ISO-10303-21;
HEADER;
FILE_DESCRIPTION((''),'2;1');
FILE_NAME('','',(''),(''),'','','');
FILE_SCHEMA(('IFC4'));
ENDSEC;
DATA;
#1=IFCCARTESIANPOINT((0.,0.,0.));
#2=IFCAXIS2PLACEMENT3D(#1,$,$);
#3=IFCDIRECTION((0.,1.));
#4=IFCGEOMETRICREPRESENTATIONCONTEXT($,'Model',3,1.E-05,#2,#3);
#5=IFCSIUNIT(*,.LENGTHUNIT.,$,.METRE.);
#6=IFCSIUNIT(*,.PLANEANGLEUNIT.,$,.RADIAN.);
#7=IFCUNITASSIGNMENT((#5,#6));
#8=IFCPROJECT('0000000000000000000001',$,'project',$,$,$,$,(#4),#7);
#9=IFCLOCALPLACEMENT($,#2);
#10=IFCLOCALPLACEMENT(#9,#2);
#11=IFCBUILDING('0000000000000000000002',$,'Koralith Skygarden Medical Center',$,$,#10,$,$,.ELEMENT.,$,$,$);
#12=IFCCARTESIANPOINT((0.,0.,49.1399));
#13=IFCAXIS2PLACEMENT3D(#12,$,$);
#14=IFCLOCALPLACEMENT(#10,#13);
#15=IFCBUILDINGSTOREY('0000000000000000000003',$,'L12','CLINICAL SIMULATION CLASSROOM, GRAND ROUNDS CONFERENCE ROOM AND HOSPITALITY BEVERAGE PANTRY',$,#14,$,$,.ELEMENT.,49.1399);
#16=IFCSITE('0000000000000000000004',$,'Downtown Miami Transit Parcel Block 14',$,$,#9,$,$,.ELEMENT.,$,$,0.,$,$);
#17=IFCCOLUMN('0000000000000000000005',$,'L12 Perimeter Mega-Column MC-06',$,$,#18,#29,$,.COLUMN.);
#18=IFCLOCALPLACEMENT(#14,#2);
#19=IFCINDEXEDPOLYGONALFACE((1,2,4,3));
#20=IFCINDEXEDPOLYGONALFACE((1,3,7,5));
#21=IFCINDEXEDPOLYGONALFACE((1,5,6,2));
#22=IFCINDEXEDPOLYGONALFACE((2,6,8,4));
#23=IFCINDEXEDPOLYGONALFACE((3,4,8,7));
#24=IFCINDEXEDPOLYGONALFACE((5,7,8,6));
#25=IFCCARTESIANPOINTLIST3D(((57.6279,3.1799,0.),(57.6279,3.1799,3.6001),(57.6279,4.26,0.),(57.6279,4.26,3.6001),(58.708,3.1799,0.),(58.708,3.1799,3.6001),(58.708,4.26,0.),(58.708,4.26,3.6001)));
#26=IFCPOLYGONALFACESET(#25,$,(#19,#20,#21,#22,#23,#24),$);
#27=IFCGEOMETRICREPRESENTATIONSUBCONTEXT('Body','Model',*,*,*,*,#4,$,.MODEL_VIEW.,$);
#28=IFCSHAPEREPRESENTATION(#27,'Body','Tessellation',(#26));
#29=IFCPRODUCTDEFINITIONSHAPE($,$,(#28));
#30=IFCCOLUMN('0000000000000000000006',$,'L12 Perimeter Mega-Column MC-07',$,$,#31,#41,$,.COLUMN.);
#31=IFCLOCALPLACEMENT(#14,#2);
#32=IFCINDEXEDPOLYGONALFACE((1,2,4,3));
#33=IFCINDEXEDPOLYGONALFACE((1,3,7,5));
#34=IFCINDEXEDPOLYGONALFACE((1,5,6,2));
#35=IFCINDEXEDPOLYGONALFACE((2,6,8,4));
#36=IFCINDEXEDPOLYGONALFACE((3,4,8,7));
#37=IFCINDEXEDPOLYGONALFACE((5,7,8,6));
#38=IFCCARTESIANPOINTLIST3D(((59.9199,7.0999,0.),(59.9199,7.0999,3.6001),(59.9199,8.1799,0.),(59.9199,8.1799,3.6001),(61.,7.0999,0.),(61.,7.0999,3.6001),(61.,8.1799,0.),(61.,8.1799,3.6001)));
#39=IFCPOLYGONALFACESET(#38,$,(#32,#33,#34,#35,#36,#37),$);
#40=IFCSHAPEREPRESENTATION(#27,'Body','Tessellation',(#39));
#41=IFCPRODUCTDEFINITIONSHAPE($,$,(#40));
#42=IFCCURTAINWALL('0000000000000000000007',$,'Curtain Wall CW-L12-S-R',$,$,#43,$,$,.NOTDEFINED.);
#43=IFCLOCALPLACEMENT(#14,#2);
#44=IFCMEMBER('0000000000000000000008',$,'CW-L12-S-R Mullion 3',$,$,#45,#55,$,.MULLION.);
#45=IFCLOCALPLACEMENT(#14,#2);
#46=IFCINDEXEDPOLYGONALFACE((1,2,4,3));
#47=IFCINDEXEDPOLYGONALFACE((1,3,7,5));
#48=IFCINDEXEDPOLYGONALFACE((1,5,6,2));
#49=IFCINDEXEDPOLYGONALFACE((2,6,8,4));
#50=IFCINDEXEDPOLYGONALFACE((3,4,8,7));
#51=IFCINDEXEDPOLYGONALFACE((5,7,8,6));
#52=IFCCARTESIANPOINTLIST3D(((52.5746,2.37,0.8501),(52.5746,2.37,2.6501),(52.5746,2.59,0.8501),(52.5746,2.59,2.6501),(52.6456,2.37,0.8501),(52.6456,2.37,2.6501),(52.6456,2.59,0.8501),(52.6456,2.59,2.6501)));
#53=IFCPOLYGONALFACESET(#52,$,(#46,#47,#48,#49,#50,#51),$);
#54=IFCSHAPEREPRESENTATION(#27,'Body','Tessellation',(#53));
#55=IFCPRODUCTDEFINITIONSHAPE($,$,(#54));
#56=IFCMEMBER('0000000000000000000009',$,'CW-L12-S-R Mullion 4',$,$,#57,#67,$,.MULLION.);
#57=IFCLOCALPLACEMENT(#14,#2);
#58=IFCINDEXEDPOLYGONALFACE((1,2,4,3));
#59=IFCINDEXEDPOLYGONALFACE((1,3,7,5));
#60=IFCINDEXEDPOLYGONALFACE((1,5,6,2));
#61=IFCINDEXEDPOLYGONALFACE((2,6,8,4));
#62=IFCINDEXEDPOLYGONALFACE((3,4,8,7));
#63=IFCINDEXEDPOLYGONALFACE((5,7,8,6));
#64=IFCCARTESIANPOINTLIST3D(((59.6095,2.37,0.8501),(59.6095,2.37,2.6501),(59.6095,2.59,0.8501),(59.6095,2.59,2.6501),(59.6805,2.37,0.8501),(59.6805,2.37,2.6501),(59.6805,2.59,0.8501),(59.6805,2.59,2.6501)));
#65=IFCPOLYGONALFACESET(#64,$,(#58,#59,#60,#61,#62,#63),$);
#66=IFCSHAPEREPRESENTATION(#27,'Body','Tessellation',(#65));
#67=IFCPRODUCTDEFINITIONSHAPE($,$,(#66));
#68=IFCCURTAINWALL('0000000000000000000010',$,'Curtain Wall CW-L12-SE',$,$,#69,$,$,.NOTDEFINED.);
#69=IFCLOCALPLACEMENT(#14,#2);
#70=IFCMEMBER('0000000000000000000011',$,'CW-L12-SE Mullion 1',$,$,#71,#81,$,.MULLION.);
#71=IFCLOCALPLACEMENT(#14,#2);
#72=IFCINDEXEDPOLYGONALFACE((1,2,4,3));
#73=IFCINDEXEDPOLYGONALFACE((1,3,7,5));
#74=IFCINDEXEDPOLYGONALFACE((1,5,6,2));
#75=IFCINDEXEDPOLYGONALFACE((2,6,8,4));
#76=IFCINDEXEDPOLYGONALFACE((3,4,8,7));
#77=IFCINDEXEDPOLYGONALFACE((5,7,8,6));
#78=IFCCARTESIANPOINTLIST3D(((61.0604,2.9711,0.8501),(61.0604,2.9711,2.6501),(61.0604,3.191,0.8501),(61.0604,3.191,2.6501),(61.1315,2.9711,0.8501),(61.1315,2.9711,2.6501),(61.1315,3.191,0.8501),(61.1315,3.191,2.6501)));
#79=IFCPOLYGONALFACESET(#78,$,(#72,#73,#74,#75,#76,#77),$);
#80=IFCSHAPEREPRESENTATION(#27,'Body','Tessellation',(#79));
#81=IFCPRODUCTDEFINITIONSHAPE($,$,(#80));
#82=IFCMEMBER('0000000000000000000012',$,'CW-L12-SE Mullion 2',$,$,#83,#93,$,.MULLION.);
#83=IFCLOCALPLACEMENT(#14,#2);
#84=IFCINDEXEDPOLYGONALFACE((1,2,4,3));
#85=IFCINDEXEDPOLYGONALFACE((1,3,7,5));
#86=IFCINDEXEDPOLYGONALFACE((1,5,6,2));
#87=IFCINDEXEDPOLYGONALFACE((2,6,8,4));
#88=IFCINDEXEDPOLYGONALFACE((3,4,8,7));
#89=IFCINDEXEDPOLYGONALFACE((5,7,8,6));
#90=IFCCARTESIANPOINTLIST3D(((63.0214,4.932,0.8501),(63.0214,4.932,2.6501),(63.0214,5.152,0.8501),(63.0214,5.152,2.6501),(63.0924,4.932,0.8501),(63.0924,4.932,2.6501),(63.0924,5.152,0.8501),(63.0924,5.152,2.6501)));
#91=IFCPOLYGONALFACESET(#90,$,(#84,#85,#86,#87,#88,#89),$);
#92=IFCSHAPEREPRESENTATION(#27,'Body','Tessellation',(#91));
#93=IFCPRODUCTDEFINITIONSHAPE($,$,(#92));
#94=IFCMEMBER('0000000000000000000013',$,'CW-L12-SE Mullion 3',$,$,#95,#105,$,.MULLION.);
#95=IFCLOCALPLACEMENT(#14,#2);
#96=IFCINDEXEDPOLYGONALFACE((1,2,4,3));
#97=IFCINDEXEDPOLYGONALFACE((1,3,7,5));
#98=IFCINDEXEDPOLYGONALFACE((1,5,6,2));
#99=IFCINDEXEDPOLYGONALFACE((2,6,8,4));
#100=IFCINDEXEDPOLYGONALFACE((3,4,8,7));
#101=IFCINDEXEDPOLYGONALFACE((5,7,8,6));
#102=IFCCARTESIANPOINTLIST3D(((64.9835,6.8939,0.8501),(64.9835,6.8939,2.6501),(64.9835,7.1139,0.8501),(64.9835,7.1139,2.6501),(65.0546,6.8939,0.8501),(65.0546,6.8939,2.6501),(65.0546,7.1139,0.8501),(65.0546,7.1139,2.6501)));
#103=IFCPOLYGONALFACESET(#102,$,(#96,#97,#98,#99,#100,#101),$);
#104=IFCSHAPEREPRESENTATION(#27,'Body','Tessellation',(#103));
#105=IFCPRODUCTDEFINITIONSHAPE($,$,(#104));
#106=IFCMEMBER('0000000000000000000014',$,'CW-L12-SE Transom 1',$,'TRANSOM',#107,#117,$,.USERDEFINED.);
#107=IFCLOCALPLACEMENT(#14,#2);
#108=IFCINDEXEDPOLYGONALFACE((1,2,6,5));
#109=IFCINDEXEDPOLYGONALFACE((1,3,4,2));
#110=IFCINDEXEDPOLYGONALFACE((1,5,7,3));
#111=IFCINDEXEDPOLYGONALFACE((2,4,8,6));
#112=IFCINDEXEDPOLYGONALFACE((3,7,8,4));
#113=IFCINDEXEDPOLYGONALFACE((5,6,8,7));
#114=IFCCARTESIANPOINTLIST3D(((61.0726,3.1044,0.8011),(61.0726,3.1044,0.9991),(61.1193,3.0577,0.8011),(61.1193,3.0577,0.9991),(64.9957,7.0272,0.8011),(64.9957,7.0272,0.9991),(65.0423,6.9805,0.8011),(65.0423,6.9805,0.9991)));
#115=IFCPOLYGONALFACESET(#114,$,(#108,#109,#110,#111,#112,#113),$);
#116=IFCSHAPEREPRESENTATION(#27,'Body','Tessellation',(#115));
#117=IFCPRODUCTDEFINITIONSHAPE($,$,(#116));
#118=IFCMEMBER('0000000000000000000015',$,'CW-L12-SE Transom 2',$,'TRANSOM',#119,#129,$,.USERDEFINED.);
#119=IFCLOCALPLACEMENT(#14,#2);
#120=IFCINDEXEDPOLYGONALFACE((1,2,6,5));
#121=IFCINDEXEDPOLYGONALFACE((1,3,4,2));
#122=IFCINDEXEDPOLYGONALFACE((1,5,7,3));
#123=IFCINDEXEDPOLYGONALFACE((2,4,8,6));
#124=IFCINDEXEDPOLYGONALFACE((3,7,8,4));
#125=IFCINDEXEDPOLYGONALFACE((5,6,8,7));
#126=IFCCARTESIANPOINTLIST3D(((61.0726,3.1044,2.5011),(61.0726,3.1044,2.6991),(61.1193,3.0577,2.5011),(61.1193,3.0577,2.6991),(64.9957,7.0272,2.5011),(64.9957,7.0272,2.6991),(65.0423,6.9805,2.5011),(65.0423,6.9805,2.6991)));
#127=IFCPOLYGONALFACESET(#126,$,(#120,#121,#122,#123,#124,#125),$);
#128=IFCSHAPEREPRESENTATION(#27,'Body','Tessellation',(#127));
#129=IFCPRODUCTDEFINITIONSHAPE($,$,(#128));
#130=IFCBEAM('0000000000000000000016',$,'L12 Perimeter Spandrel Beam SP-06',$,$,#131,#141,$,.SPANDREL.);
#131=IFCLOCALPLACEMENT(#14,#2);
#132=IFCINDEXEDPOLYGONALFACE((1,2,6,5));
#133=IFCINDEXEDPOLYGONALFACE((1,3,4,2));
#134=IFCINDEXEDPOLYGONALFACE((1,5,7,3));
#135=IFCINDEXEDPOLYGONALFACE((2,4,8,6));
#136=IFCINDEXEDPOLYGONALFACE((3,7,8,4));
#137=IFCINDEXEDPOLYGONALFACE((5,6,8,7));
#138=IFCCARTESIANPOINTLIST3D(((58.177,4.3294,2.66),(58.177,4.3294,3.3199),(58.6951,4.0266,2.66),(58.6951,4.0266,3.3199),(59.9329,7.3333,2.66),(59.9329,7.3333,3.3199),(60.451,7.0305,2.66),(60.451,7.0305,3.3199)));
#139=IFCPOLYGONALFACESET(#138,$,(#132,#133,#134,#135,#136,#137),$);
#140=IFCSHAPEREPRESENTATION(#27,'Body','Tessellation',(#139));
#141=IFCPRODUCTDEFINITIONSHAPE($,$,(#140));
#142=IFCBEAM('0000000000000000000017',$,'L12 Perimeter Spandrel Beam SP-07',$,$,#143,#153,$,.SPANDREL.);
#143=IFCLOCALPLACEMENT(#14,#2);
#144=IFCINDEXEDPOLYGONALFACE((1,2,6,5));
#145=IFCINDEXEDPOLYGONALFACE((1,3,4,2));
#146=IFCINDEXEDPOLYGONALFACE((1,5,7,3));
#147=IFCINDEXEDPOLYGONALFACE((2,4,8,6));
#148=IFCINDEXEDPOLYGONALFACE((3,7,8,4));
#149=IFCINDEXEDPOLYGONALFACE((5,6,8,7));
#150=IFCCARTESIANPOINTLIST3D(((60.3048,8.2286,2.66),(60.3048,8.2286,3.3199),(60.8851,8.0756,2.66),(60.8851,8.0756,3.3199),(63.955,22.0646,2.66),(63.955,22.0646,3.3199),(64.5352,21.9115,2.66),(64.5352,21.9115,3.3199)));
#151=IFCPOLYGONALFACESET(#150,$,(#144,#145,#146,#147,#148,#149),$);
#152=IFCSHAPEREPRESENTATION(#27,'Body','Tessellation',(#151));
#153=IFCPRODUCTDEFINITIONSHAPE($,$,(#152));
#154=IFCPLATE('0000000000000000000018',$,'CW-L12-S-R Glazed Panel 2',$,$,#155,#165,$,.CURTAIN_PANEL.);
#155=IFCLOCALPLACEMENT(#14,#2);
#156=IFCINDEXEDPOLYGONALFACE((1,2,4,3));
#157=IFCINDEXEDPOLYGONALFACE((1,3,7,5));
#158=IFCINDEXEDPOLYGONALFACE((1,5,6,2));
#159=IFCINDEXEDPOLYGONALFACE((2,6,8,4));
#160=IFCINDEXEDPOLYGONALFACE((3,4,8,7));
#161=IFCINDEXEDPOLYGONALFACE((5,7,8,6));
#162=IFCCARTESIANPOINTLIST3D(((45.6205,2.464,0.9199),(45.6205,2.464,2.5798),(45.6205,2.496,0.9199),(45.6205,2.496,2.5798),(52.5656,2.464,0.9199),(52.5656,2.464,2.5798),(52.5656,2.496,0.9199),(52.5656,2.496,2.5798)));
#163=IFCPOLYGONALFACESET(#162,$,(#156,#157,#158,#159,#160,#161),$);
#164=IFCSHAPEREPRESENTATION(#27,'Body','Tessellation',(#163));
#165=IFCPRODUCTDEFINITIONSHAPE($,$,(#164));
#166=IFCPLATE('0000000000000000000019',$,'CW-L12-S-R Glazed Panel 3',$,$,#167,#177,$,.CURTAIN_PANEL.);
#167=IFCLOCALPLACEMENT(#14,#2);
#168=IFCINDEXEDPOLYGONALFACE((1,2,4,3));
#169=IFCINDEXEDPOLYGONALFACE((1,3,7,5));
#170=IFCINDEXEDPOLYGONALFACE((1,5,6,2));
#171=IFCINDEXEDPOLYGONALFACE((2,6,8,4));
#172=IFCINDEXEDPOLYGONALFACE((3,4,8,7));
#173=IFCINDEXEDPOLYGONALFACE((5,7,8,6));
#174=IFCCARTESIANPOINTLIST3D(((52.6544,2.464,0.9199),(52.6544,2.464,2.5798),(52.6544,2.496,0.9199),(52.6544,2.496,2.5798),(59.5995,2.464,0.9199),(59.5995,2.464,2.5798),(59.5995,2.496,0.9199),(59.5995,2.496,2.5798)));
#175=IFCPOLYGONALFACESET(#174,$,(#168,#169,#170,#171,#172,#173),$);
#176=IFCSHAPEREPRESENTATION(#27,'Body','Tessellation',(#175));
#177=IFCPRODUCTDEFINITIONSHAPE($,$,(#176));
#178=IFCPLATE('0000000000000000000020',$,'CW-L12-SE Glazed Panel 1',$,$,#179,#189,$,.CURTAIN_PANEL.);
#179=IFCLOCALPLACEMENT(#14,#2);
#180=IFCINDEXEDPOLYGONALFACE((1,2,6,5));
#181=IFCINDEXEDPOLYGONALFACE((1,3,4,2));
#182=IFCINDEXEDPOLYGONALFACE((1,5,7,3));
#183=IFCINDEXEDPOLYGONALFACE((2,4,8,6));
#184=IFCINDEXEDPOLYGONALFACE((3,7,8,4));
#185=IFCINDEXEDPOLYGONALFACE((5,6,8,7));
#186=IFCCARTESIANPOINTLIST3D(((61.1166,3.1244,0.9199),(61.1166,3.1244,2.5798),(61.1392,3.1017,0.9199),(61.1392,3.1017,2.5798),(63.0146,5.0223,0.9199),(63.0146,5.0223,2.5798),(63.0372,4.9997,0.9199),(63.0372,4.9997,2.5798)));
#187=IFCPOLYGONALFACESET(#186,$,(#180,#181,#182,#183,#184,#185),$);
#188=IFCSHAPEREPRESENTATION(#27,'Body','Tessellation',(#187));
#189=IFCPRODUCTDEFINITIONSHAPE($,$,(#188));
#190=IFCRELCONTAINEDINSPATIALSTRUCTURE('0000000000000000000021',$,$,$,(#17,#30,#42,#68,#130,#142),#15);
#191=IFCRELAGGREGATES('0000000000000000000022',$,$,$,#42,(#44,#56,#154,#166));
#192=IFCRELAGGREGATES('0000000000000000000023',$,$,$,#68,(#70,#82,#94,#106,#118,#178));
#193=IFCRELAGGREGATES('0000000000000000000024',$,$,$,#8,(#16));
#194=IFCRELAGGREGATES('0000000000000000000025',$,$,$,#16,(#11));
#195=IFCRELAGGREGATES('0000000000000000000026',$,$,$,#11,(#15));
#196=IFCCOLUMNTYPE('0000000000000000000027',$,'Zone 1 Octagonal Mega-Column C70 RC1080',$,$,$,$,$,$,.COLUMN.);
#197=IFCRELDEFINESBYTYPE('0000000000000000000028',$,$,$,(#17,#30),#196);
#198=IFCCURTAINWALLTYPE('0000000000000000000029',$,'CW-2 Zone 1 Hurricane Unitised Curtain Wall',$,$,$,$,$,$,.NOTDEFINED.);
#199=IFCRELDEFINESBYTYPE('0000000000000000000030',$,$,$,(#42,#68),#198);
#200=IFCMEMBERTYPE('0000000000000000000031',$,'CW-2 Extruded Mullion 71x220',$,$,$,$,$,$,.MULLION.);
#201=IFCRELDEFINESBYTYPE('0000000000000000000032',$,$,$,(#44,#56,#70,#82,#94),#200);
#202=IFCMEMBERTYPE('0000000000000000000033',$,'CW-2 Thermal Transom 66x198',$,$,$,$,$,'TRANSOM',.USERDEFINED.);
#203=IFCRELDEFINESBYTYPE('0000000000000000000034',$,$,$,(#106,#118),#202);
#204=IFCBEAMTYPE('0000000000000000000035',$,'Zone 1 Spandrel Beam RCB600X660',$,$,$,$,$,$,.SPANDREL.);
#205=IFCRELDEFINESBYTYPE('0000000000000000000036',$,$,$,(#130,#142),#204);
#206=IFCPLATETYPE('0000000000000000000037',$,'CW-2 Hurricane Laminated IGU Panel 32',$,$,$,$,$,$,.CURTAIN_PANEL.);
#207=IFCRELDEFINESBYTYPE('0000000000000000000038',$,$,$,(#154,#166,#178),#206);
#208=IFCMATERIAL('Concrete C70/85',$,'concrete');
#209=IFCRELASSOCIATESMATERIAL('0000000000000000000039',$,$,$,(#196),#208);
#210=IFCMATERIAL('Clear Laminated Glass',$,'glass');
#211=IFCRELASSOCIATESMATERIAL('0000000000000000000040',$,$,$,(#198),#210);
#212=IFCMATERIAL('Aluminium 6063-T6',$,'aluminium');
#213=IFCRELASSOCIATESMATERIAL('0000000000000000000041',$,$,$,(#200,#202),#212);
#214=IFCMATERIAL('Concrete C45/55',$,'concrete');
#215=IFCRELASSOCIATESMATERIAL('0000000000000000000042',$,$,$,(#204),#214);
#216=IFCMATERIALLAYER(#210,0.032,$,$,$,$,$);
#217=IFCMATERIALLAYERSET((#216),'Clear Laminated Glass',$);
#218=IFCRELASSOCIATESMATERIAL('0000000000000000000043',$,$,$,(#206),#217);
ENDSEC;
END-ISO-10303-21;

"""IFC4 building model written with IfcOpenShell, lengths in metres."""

from ifc_helpers import new_model, si_unit, direction, frame, origin, origin_2d, place, context, subcontext, project, spatial, rectangle, extrude, material, layer, layer_set, material_profile, profile_set, type_object, element, aggregate, save


model = new_model("IFC4")

# Units and contexts
model_context = context("Model", 3, precision=1e-05, world=origin(), true_north=direction((0.0, 1.0)))
body_context = subcontext(model_context, "Body", "Model", "MODEL_VIEW")
ifc_project = project(units=[si_unit("LENGTHUNIT", "METRE"), si_unit("PLANEANGLEUNIT", "RADIAN")], contexts=[model_context])

# Site, building, storey
site_placement = place(None, origin())
site = spatial("IfcSite", under=ifc_project, at=site_placement, Name="Downtown Miami Transit Parcel Block 14", CompositionType="ELEMENT", RefElevation=0.0)
building_placement = place(site_placement, origin())
building = spatial("IfcBuilding", under=site, at=building_placement, Name="Koralith Skygarden Medical Center", CompositionType="ELEMENT")
storey_placement = place(building_placement, frame((0.0, 0.0, 49.1399)))
storey = spatial("IfcBuildingStorey", under=building, at=storey_placement, Name="L12", Description="CLINICAL SIMULATION CLASSROOM, GRAND ROUNDS CONFERENCE ROOM AND HOSPITALITY BEVERAGE PANTRY", CompositionType="ELEMENT", Elevation=49.1399)

# Columns
ifc_material_1 = material(Name="Concrete C70/85", Category="concrete")
ifc_material_profile_1 = material_profile(ifc_material_1, rectangle(XDim=1.0801, YDim=1.0801, at=origin_2d()), Name="RC1080X1080")
ifc_profile_set_1 = profile_set([ifc_material_profile_1], Name="Concrete C70/85")
column_type = type_object("IfcColumnType", Name="Zone 1 Octagonal Mega-Column C70 RC1080", PredefinedType="COLUMN", material=ifc_profile_set_1)
for number, where, z_axis, x_axis, name in (
    (1, (58.168, 3.72, 0.0), (0.0, 0.0, 1.0), (1.0, 0.0, 0.0), "L12 Perimeter Mega-Column MC-06"),
    (2, (60.46, 7.6399, 0.0), (0.0, 0.0, 1.0), (1.0, 0.0, 0.0), "L12 Perimeter Mega-Column MC-07"),
):
    element("IfcColumn", number, at=place(storey_placement, frame(where, z_axis=z_axis, x_axis=x_axis)), inside=storey, type_object=column_type, Name=name, PredefinedType="COLUMN", context=body_context, shape_type="SweptSolid", body=[
        extrude(rectangle(XDim=1.0801, YDim=1.0801, at=origin_2d()), origin(), (0.0, 0.0, 1.0), 3.6001),
    ])

# Curtain walls, members
ifc_material_2 = material(Name="Clear Laminated Glass", Category="glass")
curtain_wall_type = type_object("IfcCurtainWallType", Name="CW-2 Zone 1 Hurricane Unitised Curtain Wall", PredefinedType="NOTDEFINED", material=ifc_material_2)
curtain_wall_1_placement = place(storey_placement, origin())
curtain_wall_1 = element("IfcCurtainWall", 3, at=curtain_wall_1_placement, inside=storey, type_object=curtain_wall_type, Name="Curtain Wall CW-L12-S-R", PredefinedType="NOTDEFINED")
ifc_material_3 = material(Name="Aluminium 6063-T6", Category="aluminium")
ifc_material_profile_2 = material_profile(ifc_material_3, rectangle(XDim=0.071, YDim=0.22, at=origin_2d()), Name="MUL71X220")
ifc_profile_set_2 = profile_set([ifc_material_profile_2], Name="Aluminium 6063-T6")
member_type_1 = type_object("IfcMemberType", Name="CW-2 Extruded Mullion 71x220", PredefinedType="MULLION", material=ifc_profile_set_2)
member_1_placement = place(storey_placement, frame((52.6101, 2.48, 0.8501), z_axis=(0.0, 0.0, 1.0), x_axis=(1.0, 0.0, 0.0)))
member_1 = element("IfcMember", 4, at=member_1_placement, type_object=member_type_1, Name="CW-L12-S-R Mullion 3", PredefinedType="MULLION", context=body_context, shape_type="SweptSolid", body=[
    extrude(rectangle(XDim=0.071, YDim=0.22, at=origin_2d()), origin(), (0.0, 0.0, 1.0), 1.8),
])
member_2_placement = place(storey_placement, frame((59.645, 2.48, 0.8501), z_axis=(0.0, 0.0, 1.0), x_axis=(1.0, 0.0, 0.0)))
member_2 = element("IfcMember", 5, at=member_2_placement, type_object=member_type_1, Name="CW-L12-S-R Mullion 4", PredefinedType="MULLION", context=body_context, shape_type="SweptSolid", body=[
    extrude(rectangle(XDim=0.071, YDim=0.22, at=origin_2d()), origin(), (0.0, 0.0, 1.0), 1.8),
])
curtain_wall_2_placement = place(storey_placement, origin())
curtain_wall_2 = element("IfcCurtainWall", 6, at=curtain_wall_2_placement, inside=storey, type_object=curtain_wall_type, Name="Curtain Wall CW-L12-SE", PredefinedType="NOTDEFINED")
member_3_placement = place(storey_placement, frame((61.0959, 3.0811, 0.8501), z_axis=(0.0, 0.0, 1.0), x_axis=(1.0, 0.0, 0.0)))
member_3 = element("IfcMember", 7, at=member_3_placement, type_object=member_type_1, Name="CW-L12-SE Mullion 1", PredefinedType="MULLION", context=body_context, shape_type="SweptSolid", body=[
    extrude(rectangle(XDim=0.071, YDim=0.22, at=origin_2d()), origin(), (0.0, 0.0, 1.0), 1.8),
])
member_4_placement = place(storey_placement, frame((63.0569, 5.042, 0.8501), z_axis=(0.0, 0.0, 1.0), x_axis=(1.0, 0.0, 0.0)))
member_4 = element("IfcMember", 8, at=member_4_placement, type_object=member_type_1, Name="CW-L12-SE Mullion 2", PredefinedType="MULLION", context=body_context, shape_type="SweptSolid", body=[
    extrude(rectangle(XDim=0.071, YDim=0.22, at=origin_2d()), origin(), (0.0, 0.0, 1.0), 1.8),
])
member_5_placement = place(storey_placement, frame((65.019, 7.0039, 0.8501), z_axis=(0.0, 0.0, 1.0), x_axis=(1.0, 0.0, 0.0)))
member_5 = element("IfcMember", 9, at=member_5_placement, type_object=member_type_1, Name="CW-L12-SE Mullion 3", PredefinedType="MULLION", context=body_context, shape_type="SweptSolid", body=[
    extrude(rectangle(XDim=0.071, YDim=0.22, at=origin_2d()), origin(), (0.0, 0.0, 1.0), 1.8),
])
ifc_material_profile_3 = material_profile(ifc_material_3, rectangle(XDim=0.0659, YDim=0.198, at=origin_2d()), Name="TRN66X198")
ifc_profile_set_3 = profile_set([ifc_material_profile_3], Name="Aluminium 6063-T6")
member_type_2 = type_object("IfcMemberType", Name="CW-2 Thermal Transom 66x198", ElementType="TRANSOM", PredefinedType="USERDEFINED", material=ifc_profile_set_3)
member_6_placement = place(storey_placement, frame((61.0959, 3.0811, 0.9001), z_axis=(0.707129, 0.707085, 0.0), x_axis=(-0.707085, 0.707129, 0.0)))
member_6 = element("IfcMember", 10, at=member_6_placement, type_object=member_type_2, Name="CW-L12-SE Transom 1", ObjectType="TRANSOM", PredefinedType="USERDEFINED", context=body_context, shape_type="SweptSolid", body=[
    extrude(rectangle(XDim=0.0659, YDim=0.198, at=origin_2d()), origin(), (0.0, 0.0, 1.0), 5.5479),
])
member_7_placement = place(storey_placement, frame((61.0959, 3.0811, 2.6001), z_axis=(0.707129, 0.707085, 0.0), x_axis=(-0.707085, 0.707129, 0.0)))
member_7 = element("IfcMember", 11, at=member_7_placement, type_object=member_type_2, Name="CW-L12-SE Transom 2", ObjectType="TRANSOM", PredefinedType="USERDEFINED", context=body_context, shape_type="SweptSolid", body=[
    extrude(rectangle(XDim=0.0659, YDim=0.198, at=origin_2d()), origin(), (0.0, 0.0, 1.0), 5.5479),
])

# Beams
ifc_material_4 = material(Name="Concrete C45/55", Category="concrete")
ifc_material_profile_4 = material_profile(ifc_material_4, rectangle(XDim=0.6001, YDim=0.6599, at=origin_2d()), Name="RCB600X660")
ifc_profile_set_4 = profile_set([ifc_material_profile_4], Name="Concrete C45/55")
beam_type = type_object("IfcBeamType", Name="Zone 1 Spandrel Beam RCB600X660", PredefinedType="SPANDREL", material=ifc_profile_set_4)
beam_1_placement = place(storey_placement, frame((58.436, 4.178, 2.99), z_axis=(0.504639, 0.863331, 0.0), x_axis=(-0.863331, 0.504639, 0.0)))
element("IfcBeam", 12, at=beam_1_placement, inside=storey, type_object=beam_type, Name="L12 Perimeter Spandrel Beam SP-06", PredefinedType="SPANDREL", context=body_context, shape_type="SweptSolid", body=[
    extrude(rectangle(XDim=0.6001, YDim=0.6599, at=origin_2d()), origin(), (0.0, 0.0, 1.0), 3.4795),
])
beam_2_placement = place(storey_placement, frame((60.595, 8.1521, 2.99), z_axis=(0.255089, 0.966918, 0.0), x_axis=(-0.966918, 0.255089, 0.0)))
element("IfcBeam", 13, at=beam_2_placement, inside=storey, type_object=beam_type, Name="L12 Perimeter Spandrel Beam SP-07", PredefinedType="SPANDREL", context=body_context, shape_type="SweptSolid", body=[
    extrude(rectangle(XDim=0.6001, YDim=0.6599, at=origin_2d()), origin(), (0.0, 0.0, 1.0), 14.3093),
])

# Plates
ifc_layer_1 = layer(ifc_material_2, 0.032)
ifc_layer_set_1 = layer_set([ifc_layer_1], Name="Clear Laminated Glass")
plate_type_1 = type_object("IfcPlateType", Name="CW-2 Hurricane Laminated IGU Panel 32", PredefinedType="CURTAIN_PANEL", material=ifc_layer_set_1)
plate_1_placement = place(storey_placement, frame((49.093, 2.48, 0.9199), z_axis=(0.0, 0.0, 1.0), x_axis=(1.0, 0.0, 0.0)))
plate_1 = element("IfcPlate", 14, at=plate_1_placement, type_object=plate_type_1, Name="CW-L12-S-R Glazed Panel 2", PredefinedType="CURTAIN_PANEL", context=body_context, shape_type="SweptSolid", body=[
    extrude(rectangle(XDim=6.9451, YDim=0.032, at=origin_2d()), origin(), (0.0, 0.0, 1.0), 1.6599),
])
plate_2_placement = place(storey_placement, frame((56.127, 2.48, 0.9199), z_axis=(0.0, 0.0, 1.0), x_axis=(1.0, 0.0, 0.0)))
plate_2 = element("IfcPlate", 15, at=plate_2_placement, type_object=plate_type_1, Name="CW-L12-S-R Glazed Panel 3", PredefinedType="CURTAIN_PANEL", context=body_context, shape_type="SweptSolid", body=[
    extrude(rectangle(XDim=6.9451, YDim=0.032, at=origin_2d()), origin(), (0.0, 0.0, 1.0), 1.6599),
])
aggregate(curtain_wall_1, [member_1, member_2, plate_1, plate_2])
plate_3_placement = place(storey_placement, frame((62.0769, 4.062, 0.9199), z_axis=(0.0, 0.0, 1.0), x_axis=(0.707107, 0.707107, 0.0)))
plate_3 = element("IfcPlate", 16, at=plate_3_placement, type_object=plate_type_1, Name="CW-L12-SE Glazed Panel 1", PredefinedType="CURTAIN_PANEL", context=body_context, shape_type="SweptSolid", body=[
    extrude(rectangle(XDim=2.6841, YDim=0.032, at=origin_2d()), origin(), (0.0, 0.0, 1.0), 1.6599),
])
aggregate(curtain_wall_2, [member_3, member_4, member_5, member_6, member_7, plate_3])

save(model, "model.ifc")
